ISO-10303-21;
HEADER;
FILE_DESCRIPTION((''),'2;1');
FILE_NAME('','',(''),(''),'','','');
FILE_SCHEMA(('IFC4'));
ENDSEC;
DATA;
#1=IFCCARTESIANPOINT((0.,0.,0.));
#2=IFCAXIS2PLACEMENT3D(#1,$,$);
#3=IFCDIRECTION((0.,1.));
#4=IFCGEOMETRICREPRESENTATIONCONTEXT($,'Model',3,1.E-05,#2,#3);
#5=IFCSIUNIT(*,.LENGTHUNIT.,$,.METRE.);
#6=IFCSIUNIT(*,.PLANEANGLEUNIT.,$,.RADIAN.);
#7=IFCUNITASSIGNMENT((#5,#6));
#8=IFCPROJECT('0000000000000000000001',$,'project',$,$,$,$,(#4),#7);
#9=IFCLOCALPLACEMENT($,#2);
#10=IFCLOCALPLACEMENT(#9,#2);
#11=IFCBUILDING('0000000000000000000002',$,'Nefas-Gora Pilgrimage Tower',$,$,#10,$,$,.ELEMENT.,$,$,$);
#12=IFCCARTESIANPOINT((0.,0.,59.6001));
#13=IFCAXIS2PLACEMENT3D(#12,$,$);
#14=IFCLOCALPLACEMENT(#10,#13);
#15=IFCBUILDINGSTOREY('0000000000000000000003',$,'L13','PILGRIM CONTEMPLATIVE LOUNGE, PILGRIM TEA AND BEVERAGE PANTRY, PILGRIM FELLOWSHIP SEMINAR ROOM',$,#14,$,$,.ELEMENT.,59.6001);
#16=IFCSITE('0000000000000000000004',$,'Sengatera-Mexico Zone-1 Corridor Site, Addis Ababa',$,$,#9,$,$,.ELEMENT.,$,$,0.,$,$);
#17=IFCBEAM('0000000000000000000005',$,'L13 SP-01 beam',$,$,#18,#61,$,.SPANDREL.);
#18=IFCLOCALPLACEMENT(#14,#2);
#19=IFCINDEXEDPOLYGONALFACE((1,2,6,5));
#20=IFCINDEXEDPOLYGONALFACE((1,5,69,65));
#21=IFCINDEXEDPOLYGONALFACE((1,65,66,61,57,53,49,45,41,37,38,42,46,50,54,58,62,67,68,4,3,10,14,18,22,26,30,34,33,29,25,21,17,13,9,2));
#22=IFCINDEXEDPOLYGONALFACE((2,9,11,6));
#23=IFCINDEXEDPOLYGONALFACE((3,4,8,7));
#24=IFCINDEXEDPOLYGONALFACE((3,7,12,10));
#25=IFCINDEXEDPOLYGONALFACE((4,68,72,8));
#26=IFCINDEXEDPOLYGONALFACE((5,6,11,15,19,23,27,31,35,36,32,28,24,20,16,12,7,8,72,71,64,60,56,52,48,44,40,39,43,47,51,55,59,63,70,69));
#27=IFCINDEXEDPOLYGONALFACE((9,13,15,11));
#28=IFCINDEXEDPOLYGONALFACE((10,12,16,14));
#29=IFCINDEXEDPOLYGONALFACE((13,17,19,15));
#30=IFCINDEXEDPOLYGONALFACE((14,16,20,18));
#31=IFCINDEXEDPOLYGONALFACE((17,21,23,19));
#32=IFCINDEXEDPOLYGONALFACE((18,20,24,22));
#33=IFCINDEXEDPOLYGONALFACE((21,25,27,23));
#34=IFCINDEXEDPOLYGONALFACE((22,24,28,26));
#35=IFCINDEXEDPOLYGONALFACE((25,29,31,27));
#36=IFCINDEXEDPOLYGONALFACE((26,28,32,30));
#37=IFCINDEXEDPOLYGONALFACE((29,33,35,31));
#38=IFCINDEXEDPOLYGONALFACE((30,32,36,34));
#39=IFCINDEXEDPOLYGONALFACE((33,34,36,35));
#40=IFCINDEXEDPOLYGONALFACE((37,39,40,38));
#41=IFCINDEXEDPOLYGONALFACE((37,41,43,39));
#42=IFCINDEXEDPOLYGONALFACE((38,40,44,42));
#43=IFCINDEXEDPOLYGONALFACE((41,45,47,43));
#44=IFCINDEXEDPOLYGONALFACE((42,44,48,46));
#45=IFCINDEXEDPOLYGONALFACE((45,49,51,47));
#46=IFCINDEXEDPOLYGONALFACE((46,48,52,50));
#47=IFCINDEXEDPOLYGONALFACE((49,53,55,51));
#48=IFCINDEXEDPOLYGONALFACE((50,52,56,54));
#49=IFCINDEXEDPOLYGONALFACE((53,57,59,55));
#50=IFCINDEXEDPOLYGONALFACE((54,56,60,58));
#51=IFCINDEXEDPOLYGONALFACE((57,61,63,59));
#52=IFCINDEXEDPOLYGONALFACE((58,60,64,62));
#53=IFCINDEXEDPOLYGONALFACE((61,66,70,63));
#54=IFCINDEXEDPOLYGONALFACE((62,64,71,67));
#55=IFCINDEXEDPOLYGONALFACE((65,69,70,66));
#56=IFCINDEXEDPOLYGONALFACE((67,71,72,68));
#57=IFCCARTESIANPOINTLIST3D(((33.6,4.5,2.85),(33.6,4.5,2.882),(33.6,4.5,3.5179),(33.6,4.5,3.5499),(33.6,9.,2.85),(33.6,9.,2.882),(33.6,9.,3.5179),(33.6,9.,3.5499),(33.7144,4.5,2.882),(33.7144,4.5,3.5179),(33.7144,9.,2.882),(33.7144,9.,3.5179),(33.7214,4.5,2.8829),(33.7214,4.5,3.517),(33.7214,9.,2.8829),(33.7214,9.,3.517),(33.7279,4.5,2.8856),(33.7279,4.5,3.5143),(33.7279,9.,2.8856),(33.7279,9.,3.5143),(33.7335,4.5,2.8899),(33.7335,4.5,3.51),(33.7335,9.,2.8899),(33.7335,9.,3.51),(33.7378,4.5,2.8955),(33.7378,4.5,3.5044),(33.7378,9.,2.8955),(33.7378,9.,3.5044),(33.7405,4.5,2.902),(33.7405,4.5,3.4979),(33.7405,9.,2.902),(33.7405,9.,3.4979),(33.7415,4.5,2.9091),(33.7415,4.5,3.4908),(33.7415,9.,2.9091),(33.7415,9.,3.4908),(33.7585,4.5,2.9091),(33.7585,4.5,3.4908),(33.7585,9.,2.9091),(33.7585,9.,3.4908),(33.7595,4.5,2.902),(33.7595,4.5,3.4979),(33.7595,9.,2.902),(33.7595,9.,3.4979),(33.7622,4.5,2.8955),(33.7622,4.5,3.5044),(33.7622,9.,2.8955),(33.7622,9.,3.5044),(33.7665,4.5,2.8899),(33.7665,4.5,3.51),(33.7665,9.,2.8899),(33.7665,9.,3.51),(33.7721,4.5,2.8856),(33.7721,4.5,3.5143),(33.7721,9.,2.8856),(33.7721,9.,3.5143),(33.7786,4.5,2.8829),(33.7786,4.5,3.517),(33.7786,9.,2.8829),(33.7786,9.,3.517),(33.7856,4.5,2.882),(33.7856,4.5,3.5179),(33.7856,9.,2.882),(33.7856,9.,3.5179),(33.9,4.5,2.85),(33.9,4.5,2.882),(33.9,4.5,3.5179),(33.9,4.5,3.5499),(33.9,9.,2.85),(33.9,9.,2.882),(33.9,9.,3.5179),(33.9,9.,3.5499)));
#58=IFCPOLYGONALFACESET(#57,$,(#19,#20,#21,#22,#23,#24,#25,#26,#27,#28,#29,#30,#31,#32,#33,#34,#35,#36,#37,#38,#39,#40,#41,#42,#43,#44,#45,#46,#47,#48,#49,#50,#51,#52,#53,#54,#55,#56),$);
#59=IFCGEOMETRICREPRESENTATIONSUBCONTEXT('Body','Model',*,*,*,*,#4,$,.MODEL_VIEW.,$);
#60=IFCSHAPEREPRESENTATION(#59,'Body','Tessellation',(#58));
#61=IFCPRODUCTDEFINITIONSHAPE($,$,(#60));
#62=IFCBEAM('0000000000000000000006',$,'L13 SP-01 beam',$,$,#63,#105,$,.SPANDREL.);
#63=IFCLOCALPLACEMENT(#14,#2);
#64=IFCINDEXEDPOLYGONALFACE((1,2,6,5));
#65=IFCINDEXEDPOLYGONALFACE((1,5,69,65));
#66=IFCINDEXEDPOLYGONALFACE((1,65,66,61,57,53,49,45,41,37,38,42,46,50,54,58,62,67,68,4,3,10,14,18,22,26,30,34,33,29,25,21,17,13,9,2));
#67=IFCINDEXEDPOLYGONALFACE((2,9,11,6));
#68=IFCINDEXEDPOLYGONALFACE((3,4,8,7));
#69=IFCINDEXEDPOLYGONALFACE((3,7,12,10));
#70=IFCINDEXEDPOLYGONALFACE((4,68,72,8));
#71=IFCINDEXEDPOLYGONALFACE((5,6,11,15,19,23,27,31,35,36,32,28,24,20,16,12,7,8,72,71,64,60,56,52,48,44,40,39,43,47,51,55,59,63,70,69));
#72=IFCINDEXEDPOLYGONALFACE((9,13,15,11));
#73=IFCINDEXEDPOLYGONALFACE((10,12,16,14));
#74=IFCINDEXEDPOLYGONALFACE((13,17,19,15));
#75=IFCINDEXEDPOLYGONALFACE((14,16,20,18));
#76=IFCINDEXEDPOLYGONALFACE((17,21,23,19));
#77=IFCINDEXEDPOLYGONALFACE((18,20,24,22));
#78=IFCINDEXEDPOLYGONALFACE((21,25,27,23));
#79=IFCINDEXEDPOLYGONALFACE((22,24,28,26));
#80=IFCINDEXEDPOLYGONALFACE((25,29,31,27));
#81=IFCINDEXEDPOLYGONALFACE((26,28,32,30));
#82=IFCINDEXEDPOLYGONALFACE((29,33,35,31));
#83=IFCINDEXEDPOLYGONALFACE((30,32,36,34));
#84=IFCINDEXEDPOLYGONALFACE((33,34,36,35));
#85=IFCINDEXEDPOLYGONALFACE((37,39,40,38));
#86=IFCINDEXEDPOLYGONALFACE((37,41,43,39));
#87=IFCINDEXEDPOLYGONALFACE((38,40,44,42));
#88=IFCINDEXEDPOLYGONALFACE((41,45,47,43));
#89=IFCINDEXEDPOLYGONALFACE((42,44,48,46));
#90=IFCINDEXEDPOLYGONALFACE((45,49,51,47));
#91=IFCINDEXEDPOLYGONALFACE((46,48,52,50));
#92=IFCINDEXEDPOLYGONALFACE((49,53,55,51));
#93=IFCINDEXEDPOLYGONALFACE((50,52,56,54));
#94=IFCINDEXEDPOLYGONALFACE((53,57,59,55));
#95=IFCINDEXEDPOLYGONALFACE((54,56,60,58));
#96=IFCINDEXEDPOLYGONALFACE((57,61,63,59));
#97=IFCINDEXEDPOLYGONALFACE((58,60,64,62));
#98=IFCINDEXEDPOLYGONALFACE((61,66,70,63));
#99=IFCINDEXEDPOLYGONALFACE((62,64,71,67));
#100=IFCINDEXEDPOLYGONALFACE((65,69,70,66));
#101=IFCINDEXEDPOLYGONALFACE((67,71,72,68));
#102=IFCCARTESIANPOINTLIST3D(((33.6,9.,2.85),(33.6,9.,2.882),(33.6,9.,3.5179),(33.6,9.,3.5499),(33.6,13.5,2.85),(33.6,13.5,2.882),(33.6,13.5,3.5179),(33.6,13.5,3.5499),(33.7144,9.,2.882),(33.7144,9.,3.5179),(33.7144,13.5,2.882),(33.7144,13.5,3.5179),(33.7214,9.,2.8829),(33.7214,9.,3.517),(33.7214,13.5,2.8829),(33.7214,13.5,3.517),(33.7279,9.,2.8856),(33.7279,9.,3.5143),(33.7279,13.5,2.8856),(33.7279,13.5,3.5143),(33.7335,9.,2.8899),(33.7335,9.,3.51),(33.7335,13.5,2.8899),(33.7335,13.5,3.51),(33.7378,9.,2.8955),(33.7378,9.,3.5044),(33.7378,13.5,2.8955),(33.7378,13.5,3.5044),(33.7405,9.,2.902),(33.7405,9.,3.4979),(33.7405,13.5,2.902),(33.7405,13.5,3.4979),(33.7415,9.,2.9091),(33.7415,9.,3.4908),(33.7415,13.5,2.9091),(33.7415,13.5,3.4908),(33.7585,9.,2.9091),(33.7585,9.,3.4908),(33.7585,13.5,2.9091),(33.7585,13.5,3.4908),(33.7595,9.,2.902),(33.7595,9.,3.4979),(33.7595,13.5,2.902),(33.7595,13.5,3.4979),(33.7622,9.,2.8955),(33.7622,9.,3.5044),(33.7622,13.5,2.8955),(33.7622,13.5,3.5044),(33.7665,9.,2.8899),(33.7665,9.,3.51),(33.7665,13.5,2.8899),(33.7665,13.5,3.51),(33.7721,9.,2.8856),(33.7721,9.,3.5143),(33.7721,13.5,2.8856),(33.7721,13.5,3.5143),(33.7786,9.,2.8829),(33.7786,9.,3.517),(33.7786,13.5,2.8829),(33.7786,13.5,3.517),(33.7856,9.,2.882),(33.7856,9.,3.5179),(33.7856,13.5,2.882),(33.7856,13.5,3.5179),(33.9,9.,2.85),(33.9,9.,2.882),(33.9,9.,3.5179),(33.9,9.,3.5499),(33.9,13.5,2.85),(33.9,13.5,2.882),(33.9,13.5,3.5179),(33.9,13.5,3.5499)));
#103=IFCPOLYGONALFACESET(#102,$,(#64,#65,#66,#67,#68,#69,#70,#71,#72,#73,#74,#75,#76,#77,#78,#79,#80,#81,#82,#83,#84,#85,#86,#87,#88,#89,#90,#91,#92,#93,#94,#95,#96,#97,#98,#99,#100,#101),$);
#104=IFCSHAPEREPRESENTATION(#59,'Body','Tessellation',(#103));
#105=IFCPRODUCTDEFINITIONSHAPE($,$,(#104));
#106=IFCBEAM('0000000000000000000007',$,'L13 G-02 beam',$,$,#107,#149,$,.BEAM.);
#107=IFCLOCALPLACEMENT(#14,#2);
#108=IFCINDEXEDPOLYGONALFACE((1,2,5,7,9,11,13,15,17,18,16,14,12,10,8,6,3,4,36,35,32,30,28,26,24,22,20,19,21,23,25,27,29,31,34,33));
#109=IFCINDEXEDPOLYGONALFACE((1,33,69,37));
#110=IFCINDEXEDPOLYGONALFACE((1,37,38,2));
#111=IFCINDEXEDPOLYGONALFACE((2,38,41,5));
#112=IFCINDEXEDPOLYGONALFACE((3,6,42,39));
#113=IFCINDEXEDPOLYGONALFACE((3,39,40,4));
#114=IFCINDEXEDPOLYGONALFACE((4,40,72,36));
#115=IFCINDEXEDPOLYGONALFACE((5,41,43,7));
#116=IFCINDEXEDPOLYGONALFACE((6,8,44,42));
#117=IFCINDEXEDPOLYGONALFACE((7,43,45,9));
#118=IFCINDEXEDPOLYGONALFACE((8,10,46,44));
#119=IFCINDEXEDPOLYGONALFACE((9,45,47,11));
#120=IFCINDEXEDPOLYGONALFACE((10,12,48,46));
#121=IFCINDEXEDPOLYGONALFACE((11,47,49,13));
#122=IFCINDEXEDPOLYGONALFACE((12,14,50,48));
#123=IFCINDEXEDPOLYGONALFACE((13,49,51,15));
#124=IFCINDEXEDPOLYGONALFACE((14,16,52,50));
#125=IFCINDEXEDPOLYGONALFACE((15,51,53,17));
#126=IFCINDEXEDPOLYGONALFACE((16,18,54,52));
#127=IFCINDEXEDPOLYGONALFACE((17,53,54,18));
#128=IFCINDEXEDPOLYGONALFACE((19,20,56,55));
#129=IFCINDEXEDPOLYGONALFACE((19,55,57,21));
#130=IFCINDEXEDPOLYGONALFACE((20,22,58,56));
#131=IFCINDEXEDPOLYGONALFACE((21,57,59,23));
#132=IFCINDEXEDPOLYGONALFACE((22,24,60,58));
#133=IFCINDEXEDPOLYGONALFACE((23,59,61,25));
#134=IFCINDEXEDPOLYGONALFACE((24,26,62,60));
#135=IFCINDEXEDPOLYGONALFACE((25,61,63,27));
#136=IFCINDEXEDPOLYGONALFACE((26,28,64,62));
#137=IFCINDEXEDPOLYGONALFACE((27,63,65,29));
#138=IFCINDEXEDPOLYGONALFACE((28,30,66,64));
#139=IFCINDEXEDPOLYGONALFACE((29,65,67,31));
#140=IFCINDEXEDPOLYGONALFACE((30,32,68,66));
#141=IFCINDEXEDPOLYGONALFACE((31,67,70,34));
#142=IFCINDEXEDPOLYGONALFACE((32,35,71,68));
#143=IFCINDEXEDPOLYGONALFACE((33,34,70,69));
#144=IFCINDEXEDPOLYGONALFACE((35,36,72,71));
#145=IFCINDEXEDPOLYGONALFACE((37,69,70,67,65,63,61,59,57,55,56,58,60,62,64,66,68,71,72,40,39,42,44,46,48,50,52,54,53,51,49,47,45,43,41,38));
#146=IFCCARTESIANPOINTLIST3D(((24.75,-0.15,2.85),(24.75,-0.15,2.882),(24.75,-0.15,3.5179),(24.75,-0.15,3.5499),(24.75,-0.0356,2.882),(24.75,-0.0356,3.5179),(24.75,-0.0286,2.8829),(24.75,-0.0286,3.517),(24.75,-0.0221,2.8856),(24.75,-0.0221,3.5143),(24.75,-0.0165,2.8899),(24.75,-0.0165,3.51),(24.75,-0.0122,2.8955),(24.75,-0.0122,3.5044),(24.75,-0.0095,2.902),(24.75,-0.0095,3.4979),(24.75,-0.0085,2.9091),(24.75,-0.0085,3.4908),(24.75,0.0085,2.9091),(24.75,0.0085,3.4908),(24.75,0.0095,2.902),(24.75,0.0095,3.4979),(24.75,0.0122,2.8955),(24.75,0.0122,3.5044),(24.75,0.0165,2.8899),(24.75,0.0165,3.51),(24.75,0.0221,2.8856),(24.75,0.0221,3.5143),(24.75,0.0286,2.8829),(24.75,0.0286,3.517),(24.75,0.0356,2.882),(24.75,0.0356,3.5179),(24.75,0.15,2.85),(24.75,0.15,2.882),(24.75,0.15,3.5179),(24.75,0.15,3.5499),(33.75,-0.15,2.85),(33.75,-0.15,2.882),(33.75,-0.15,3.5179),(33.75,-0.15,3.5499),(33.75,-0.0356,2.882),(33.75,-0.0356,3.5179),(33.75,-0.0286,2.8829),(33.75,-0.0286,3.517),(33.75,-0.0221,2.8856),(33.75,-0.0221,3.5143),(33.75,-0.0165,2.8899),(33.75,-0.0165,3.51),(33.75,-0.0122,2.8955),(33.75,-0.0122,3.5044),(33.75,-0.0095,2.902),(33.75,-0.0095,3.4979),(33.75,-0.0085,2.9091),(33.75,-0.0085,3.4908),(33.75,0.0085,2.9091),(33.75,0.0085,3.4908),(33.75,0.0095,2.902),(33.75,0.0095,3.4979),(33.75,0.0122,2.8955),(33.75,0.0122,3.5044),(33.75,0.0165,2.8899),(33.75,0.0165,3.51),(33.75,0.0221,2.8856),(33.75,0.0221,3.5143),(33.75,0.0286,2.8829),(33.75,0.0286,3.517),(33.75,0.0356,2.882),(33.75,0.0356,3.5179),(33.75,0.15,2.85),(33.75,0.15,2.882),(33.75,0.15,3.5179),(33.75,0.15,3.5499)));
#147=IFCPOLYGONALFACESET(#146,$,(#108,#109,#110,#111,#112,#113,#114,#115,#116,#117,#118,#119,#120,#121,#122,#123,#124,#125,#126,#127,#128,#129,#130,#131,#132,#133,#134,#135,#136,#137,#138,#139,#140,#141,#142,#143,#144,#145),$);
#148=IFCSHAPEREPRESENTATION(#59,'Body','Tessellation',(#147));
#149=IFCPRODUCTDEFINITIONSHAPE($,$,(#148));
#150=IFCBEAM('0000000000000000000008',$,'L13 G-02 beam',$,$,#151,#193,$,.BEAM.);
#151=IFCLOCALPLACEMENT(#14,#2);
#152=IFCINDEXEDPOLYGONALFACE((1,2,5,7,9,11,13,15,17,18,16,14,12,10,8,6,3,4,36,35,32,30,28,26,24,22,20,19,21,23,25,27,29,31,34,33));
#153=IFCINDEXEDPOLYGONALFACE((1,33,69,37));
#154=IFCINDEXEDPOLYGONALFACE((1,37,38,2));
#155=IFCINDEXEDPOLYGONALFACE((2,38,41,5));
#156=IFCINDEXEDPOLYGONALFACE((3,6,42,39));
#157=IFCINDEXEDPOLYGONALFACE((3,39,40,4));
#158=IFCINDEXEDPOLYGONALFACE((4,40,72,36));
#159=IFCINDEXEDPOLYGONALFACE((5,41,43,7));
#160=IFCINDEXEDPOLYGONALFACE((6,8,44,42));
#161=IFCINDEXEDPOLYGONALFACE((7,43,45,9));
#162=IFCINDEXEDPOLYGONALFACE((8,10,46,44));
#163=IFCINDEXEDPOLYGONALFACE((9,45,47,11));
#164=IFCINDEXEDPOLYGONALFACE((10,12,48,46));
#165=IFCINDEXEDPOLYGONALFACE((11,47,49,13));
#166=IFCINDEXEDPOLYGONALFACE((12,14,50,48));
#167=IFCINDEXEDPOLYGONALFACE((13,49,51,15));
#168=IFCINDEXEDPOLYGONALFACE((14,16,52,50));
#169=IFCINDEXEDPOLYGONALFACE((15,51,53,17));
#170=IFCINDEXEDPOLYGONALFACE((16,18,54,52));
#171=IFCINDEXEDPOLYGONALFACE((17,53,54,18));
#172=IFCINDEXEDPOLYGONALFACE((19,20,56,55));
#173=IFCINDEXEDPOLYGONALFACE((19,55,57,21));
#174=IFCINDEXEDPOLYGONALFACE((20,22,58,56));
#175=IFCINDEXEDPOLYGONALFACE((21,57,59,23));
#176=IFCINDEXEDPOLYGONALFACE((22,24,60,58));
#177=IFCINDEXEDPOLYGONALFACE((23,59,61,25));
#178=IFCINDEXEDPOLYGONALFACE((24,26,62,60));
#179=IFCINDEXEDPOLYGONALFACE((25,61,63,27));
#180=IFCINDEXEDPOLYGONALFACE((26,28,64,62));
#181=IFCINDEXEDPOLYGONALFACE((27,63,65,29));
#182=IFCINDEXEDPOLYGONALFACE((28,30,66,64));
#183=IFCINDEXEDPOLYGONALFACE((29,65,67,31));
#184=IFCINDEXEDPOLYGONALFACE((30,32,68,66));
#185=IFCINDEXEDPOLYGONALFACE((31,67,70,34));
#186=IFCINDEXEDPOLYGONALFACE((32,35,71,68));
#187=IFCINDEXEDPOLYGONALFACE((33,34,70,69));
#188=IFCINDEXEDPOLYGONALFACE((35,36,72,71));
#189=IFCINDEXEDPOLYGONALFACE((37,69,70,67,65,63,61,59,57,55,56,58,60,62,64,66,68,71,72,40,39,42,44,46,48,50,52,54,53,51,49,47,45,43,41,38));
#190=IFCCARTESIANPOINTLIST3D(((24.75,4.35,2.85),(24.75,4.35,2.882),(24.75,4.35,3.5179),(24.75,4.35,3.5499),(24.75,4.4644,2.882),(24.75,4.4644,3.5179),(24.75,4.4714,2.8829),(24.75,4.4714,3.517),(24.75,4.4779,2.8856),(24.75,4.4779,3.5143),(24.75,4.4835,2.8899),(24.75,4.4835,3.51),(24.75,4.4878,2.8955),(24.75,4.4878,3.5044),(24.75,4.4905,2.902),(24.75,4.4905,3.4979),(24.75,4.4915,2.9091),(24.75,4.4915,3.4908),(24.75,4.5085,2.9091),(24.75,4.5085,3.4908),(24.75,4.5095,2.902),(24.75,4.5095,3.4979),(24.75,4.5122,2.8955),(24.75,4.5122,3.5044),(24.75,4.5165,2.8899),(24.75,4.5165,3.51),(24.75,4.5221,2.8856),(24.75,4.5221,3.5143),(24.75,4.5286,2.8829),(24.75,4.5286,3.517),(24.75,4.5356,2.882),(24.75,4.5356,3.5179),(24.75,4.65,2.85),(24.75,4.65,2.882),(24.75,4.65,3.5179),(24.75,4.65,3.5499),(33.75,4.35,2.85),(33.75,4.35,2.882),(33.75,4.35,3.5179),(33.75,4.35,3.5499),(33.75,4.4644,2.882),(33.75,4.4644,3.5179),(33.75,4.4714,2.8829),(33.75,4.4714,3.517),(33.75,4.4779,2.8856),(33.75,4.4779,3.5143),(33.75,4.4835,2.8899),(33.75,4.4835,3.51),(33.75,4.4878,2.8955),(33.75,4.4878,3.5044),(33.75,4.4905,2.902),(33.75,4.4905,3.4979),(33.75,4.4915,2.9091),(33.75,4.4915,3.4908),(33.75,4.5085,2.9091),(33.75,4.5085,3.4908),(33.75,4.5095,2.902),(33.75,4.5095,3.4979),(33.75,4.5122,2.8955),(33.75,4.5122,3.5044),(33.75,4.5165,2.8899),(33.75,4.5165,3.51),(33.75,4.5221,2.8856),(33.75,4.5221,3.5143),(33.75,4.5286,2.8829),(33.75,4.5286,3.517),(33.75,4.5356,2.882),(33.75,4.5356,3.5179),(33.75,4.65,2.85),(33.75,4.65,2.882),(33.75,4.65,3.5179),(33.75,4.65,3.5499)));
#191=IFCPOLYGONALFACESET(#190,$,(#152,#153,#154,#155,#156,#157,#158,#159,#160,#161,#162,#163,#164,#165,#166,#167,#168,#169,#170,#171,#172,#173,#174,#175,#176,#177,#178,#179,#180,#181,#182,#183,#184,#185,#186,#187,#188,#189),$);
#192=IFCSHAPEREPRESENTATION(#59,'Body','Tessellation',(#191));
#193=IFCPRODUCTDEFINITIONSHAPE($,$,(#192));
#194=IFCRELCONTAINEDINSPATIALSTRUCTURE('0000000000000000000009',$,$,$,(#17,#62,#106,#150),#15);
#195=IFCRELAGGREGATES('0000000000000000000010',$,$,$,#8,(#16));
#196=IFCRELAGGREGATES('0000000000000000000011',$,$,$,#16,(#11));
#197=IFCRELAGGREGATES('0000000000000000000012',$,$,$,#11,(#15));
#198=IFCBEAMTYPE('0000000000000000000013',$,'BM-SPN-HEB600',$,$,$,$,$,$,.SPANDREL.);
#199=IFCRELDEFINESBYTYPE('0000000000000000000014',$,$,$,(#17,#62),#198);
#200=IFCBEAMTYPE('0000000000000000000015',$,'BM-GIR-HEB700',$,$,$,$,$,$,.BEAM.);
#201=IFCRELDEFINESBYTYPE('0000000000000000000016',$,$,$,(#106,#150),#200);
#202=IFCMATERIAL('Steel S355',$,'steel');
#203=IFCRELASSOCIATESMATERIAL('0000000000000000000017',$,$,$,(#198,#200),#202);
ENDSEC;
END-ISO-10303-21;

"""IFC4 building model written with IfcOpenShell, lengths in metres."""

from ifc_helpers import new_model, si_unit, direction, frame, origin, origin_2d, place, context, subcontext, project, spatial, i_section, extrude, source, transform, mapped, material, material_profile, profile_set, type_object, element, save


model = new_model("IFC4")

# Units and contexts
model_context = context("Model", 3, precision=1e-05, world=origin(), true_north=direction((0.0, 1.0)))
body_context = subcontext(model_context, "Body", "Model", "MODEL_VIEW")
ifc_project = project(units=[si_unit("LENGTHUNIT", "METRE"), si_unit("PLANEANGLEUNIT", "RADIAN")], contexts=[model_context])

# Site, building, storey
site_placement = place(None, origin())
site = spatial("IfcSite", under=ifc_project, at=site_placement, Name="Sengatera-Mexico Zone-1 Corridor Site, Addis Ababa", CompositionType="ELEMENT", RefElevation=0.0)
building_placement = place(site_placement, origin())
building = spatial("IfcBuilding", under=site, at=building_placement, Name="Nefas-Gora Pilgrimage Tower", CompositionType="ELEMENT")
storey_placement = place(building_placement, frame((0.0, 0.0, 59.6001)))
storey = spatial("IfcBuildingStorey", under=building, at=storey_placement, Name="L13", Description="PILGRIM CONTEMPLATIVE LOUNGE, PILGRIM TEA AND BEVERAGE PANTRY, PILGRIM FELLOWSHIP SEMINAR ROOM", CompositionType="ELEMENT", Elevation=59.6001)

# Beams
ifc_material_1 = material(Name="Steel S355", Category="steel")
ifc_material_profile_1 = material_profile(ifc_material_1, i_section(OverallWidth=0.3, OverallDepth=0.7, WebThickness=0.0171, FlangeThickness=0.032, FilletRadius=0.0271, at=origin_2d()), Name="HEB 700")
ifc_profile_set_1 = profile_set([ifc_material_profile_1], Name="Steel S355")
beam_type_1 = type_object("IfcBeamType", Name="BM-SPN-HEB600", PredefinedType="SPANDREL", material=ifc_profile_set_1)
shared_shape_1 = source(origin(), body_context, "Body", "SweptSolid", [
    extrude(i_section(OverallWidth=0.3, OverallDepth=0.7, WebThickness=0.0171, FlangeThickness=0.032, FilletRadius=0.0271, at=origin_2d()), origin(), (0.0, 0.0, 1.0), 4.5),
])
for number, where, z_axis, x_axis, name in (
    (1, (33.75, 4.5, 3.2), (0.0, 1.0, 0.0), (-1.0, 0.0, 0.0), "L13 SP-01 beam"),
    (2, (33.75, 9.0, 3.2), (0.0, 1.0, 0.0), (-1.0, 0.0, 0.0), "L13 SP-01 beam"),
):
    element("IfcBeam", number, at=place(storey_placement, frame(where, z_axis=z_axis, x_axis=x_axis)), inside=storey, type_object=beam_type_1, Name=name, PredefinedType="SPANDREL", context=body_context, shape_type="MappedRepresentation", body=[
        mapped(shared_shape_1, transform((0.0, 0.0, 0.0), x_axis=(1.0, 0.0, 0.0), y_axis=(0.0, 1.0, 0.0), z_axis=(0.0, 0.0, 1.0), scale=1.0)),
    ])
ifc_material_profile_2 = material_profile(ifc_material_1, i_section(OverallWidth=0.3, OverallDepth=0.7, WebThickness=0.0171, FlangeThickness=0.032, FilletRadius=0.0271, at=origin_2d()), Name="HEB 700")
ifc_profile_set_2 = profile_set([ifc_material_profile_2], Name="Steel S355")
beam_type_2 = type_object("IfcBeamType", Name="BM-GIR-HEB700", PredefinedType="BEAM", material=ifc_profile_set_2)
shared_shape_2 = source(origin(), body_context, "Body", "SweptSolid", [
    extrude(i_section(OverallWidth=0.3, OverallDepth=0.7, WebThickness=0.0171, FlangeThickness=0.032, FilletRadius=0.0271, at=origin_2d()), origin(), (0.0, 0.0, 1.0), 9.0),
])
for number, where, z_axis, x_axis, name in (
    (3, (24.75, 0.0, 3.2), (1.0, 0.0, 0.0), (0.0, 1.0, 0.0), "L13 G-02 beam"),
    (4, (24.75, 4.5, 3.2), (1.0, 0.0, 0.0), (0.0, 1.0, 0.0), "L13 G-02 beam"),
):
    element("IfcBeam", number, at=place(storey_placement, frame(where, z_axis=z_axis, x_axis=x_axis)), inside=storey, type_object=beam_type_2, Name=name, PredefinedType="BEAM", context=body_context, shape_type="MappedRepresentation", body=[
        mapped(shared_shape_2, transform((0.0, 0.0, 0.0), x_axis=(1.0, 0.0, 0.0), y_axis=(0.0, 1.0, 0.0), z_axis=(0.0, 0.0, 1.0), scale=1.0)),
    ])

save(model, "model.ifc")
